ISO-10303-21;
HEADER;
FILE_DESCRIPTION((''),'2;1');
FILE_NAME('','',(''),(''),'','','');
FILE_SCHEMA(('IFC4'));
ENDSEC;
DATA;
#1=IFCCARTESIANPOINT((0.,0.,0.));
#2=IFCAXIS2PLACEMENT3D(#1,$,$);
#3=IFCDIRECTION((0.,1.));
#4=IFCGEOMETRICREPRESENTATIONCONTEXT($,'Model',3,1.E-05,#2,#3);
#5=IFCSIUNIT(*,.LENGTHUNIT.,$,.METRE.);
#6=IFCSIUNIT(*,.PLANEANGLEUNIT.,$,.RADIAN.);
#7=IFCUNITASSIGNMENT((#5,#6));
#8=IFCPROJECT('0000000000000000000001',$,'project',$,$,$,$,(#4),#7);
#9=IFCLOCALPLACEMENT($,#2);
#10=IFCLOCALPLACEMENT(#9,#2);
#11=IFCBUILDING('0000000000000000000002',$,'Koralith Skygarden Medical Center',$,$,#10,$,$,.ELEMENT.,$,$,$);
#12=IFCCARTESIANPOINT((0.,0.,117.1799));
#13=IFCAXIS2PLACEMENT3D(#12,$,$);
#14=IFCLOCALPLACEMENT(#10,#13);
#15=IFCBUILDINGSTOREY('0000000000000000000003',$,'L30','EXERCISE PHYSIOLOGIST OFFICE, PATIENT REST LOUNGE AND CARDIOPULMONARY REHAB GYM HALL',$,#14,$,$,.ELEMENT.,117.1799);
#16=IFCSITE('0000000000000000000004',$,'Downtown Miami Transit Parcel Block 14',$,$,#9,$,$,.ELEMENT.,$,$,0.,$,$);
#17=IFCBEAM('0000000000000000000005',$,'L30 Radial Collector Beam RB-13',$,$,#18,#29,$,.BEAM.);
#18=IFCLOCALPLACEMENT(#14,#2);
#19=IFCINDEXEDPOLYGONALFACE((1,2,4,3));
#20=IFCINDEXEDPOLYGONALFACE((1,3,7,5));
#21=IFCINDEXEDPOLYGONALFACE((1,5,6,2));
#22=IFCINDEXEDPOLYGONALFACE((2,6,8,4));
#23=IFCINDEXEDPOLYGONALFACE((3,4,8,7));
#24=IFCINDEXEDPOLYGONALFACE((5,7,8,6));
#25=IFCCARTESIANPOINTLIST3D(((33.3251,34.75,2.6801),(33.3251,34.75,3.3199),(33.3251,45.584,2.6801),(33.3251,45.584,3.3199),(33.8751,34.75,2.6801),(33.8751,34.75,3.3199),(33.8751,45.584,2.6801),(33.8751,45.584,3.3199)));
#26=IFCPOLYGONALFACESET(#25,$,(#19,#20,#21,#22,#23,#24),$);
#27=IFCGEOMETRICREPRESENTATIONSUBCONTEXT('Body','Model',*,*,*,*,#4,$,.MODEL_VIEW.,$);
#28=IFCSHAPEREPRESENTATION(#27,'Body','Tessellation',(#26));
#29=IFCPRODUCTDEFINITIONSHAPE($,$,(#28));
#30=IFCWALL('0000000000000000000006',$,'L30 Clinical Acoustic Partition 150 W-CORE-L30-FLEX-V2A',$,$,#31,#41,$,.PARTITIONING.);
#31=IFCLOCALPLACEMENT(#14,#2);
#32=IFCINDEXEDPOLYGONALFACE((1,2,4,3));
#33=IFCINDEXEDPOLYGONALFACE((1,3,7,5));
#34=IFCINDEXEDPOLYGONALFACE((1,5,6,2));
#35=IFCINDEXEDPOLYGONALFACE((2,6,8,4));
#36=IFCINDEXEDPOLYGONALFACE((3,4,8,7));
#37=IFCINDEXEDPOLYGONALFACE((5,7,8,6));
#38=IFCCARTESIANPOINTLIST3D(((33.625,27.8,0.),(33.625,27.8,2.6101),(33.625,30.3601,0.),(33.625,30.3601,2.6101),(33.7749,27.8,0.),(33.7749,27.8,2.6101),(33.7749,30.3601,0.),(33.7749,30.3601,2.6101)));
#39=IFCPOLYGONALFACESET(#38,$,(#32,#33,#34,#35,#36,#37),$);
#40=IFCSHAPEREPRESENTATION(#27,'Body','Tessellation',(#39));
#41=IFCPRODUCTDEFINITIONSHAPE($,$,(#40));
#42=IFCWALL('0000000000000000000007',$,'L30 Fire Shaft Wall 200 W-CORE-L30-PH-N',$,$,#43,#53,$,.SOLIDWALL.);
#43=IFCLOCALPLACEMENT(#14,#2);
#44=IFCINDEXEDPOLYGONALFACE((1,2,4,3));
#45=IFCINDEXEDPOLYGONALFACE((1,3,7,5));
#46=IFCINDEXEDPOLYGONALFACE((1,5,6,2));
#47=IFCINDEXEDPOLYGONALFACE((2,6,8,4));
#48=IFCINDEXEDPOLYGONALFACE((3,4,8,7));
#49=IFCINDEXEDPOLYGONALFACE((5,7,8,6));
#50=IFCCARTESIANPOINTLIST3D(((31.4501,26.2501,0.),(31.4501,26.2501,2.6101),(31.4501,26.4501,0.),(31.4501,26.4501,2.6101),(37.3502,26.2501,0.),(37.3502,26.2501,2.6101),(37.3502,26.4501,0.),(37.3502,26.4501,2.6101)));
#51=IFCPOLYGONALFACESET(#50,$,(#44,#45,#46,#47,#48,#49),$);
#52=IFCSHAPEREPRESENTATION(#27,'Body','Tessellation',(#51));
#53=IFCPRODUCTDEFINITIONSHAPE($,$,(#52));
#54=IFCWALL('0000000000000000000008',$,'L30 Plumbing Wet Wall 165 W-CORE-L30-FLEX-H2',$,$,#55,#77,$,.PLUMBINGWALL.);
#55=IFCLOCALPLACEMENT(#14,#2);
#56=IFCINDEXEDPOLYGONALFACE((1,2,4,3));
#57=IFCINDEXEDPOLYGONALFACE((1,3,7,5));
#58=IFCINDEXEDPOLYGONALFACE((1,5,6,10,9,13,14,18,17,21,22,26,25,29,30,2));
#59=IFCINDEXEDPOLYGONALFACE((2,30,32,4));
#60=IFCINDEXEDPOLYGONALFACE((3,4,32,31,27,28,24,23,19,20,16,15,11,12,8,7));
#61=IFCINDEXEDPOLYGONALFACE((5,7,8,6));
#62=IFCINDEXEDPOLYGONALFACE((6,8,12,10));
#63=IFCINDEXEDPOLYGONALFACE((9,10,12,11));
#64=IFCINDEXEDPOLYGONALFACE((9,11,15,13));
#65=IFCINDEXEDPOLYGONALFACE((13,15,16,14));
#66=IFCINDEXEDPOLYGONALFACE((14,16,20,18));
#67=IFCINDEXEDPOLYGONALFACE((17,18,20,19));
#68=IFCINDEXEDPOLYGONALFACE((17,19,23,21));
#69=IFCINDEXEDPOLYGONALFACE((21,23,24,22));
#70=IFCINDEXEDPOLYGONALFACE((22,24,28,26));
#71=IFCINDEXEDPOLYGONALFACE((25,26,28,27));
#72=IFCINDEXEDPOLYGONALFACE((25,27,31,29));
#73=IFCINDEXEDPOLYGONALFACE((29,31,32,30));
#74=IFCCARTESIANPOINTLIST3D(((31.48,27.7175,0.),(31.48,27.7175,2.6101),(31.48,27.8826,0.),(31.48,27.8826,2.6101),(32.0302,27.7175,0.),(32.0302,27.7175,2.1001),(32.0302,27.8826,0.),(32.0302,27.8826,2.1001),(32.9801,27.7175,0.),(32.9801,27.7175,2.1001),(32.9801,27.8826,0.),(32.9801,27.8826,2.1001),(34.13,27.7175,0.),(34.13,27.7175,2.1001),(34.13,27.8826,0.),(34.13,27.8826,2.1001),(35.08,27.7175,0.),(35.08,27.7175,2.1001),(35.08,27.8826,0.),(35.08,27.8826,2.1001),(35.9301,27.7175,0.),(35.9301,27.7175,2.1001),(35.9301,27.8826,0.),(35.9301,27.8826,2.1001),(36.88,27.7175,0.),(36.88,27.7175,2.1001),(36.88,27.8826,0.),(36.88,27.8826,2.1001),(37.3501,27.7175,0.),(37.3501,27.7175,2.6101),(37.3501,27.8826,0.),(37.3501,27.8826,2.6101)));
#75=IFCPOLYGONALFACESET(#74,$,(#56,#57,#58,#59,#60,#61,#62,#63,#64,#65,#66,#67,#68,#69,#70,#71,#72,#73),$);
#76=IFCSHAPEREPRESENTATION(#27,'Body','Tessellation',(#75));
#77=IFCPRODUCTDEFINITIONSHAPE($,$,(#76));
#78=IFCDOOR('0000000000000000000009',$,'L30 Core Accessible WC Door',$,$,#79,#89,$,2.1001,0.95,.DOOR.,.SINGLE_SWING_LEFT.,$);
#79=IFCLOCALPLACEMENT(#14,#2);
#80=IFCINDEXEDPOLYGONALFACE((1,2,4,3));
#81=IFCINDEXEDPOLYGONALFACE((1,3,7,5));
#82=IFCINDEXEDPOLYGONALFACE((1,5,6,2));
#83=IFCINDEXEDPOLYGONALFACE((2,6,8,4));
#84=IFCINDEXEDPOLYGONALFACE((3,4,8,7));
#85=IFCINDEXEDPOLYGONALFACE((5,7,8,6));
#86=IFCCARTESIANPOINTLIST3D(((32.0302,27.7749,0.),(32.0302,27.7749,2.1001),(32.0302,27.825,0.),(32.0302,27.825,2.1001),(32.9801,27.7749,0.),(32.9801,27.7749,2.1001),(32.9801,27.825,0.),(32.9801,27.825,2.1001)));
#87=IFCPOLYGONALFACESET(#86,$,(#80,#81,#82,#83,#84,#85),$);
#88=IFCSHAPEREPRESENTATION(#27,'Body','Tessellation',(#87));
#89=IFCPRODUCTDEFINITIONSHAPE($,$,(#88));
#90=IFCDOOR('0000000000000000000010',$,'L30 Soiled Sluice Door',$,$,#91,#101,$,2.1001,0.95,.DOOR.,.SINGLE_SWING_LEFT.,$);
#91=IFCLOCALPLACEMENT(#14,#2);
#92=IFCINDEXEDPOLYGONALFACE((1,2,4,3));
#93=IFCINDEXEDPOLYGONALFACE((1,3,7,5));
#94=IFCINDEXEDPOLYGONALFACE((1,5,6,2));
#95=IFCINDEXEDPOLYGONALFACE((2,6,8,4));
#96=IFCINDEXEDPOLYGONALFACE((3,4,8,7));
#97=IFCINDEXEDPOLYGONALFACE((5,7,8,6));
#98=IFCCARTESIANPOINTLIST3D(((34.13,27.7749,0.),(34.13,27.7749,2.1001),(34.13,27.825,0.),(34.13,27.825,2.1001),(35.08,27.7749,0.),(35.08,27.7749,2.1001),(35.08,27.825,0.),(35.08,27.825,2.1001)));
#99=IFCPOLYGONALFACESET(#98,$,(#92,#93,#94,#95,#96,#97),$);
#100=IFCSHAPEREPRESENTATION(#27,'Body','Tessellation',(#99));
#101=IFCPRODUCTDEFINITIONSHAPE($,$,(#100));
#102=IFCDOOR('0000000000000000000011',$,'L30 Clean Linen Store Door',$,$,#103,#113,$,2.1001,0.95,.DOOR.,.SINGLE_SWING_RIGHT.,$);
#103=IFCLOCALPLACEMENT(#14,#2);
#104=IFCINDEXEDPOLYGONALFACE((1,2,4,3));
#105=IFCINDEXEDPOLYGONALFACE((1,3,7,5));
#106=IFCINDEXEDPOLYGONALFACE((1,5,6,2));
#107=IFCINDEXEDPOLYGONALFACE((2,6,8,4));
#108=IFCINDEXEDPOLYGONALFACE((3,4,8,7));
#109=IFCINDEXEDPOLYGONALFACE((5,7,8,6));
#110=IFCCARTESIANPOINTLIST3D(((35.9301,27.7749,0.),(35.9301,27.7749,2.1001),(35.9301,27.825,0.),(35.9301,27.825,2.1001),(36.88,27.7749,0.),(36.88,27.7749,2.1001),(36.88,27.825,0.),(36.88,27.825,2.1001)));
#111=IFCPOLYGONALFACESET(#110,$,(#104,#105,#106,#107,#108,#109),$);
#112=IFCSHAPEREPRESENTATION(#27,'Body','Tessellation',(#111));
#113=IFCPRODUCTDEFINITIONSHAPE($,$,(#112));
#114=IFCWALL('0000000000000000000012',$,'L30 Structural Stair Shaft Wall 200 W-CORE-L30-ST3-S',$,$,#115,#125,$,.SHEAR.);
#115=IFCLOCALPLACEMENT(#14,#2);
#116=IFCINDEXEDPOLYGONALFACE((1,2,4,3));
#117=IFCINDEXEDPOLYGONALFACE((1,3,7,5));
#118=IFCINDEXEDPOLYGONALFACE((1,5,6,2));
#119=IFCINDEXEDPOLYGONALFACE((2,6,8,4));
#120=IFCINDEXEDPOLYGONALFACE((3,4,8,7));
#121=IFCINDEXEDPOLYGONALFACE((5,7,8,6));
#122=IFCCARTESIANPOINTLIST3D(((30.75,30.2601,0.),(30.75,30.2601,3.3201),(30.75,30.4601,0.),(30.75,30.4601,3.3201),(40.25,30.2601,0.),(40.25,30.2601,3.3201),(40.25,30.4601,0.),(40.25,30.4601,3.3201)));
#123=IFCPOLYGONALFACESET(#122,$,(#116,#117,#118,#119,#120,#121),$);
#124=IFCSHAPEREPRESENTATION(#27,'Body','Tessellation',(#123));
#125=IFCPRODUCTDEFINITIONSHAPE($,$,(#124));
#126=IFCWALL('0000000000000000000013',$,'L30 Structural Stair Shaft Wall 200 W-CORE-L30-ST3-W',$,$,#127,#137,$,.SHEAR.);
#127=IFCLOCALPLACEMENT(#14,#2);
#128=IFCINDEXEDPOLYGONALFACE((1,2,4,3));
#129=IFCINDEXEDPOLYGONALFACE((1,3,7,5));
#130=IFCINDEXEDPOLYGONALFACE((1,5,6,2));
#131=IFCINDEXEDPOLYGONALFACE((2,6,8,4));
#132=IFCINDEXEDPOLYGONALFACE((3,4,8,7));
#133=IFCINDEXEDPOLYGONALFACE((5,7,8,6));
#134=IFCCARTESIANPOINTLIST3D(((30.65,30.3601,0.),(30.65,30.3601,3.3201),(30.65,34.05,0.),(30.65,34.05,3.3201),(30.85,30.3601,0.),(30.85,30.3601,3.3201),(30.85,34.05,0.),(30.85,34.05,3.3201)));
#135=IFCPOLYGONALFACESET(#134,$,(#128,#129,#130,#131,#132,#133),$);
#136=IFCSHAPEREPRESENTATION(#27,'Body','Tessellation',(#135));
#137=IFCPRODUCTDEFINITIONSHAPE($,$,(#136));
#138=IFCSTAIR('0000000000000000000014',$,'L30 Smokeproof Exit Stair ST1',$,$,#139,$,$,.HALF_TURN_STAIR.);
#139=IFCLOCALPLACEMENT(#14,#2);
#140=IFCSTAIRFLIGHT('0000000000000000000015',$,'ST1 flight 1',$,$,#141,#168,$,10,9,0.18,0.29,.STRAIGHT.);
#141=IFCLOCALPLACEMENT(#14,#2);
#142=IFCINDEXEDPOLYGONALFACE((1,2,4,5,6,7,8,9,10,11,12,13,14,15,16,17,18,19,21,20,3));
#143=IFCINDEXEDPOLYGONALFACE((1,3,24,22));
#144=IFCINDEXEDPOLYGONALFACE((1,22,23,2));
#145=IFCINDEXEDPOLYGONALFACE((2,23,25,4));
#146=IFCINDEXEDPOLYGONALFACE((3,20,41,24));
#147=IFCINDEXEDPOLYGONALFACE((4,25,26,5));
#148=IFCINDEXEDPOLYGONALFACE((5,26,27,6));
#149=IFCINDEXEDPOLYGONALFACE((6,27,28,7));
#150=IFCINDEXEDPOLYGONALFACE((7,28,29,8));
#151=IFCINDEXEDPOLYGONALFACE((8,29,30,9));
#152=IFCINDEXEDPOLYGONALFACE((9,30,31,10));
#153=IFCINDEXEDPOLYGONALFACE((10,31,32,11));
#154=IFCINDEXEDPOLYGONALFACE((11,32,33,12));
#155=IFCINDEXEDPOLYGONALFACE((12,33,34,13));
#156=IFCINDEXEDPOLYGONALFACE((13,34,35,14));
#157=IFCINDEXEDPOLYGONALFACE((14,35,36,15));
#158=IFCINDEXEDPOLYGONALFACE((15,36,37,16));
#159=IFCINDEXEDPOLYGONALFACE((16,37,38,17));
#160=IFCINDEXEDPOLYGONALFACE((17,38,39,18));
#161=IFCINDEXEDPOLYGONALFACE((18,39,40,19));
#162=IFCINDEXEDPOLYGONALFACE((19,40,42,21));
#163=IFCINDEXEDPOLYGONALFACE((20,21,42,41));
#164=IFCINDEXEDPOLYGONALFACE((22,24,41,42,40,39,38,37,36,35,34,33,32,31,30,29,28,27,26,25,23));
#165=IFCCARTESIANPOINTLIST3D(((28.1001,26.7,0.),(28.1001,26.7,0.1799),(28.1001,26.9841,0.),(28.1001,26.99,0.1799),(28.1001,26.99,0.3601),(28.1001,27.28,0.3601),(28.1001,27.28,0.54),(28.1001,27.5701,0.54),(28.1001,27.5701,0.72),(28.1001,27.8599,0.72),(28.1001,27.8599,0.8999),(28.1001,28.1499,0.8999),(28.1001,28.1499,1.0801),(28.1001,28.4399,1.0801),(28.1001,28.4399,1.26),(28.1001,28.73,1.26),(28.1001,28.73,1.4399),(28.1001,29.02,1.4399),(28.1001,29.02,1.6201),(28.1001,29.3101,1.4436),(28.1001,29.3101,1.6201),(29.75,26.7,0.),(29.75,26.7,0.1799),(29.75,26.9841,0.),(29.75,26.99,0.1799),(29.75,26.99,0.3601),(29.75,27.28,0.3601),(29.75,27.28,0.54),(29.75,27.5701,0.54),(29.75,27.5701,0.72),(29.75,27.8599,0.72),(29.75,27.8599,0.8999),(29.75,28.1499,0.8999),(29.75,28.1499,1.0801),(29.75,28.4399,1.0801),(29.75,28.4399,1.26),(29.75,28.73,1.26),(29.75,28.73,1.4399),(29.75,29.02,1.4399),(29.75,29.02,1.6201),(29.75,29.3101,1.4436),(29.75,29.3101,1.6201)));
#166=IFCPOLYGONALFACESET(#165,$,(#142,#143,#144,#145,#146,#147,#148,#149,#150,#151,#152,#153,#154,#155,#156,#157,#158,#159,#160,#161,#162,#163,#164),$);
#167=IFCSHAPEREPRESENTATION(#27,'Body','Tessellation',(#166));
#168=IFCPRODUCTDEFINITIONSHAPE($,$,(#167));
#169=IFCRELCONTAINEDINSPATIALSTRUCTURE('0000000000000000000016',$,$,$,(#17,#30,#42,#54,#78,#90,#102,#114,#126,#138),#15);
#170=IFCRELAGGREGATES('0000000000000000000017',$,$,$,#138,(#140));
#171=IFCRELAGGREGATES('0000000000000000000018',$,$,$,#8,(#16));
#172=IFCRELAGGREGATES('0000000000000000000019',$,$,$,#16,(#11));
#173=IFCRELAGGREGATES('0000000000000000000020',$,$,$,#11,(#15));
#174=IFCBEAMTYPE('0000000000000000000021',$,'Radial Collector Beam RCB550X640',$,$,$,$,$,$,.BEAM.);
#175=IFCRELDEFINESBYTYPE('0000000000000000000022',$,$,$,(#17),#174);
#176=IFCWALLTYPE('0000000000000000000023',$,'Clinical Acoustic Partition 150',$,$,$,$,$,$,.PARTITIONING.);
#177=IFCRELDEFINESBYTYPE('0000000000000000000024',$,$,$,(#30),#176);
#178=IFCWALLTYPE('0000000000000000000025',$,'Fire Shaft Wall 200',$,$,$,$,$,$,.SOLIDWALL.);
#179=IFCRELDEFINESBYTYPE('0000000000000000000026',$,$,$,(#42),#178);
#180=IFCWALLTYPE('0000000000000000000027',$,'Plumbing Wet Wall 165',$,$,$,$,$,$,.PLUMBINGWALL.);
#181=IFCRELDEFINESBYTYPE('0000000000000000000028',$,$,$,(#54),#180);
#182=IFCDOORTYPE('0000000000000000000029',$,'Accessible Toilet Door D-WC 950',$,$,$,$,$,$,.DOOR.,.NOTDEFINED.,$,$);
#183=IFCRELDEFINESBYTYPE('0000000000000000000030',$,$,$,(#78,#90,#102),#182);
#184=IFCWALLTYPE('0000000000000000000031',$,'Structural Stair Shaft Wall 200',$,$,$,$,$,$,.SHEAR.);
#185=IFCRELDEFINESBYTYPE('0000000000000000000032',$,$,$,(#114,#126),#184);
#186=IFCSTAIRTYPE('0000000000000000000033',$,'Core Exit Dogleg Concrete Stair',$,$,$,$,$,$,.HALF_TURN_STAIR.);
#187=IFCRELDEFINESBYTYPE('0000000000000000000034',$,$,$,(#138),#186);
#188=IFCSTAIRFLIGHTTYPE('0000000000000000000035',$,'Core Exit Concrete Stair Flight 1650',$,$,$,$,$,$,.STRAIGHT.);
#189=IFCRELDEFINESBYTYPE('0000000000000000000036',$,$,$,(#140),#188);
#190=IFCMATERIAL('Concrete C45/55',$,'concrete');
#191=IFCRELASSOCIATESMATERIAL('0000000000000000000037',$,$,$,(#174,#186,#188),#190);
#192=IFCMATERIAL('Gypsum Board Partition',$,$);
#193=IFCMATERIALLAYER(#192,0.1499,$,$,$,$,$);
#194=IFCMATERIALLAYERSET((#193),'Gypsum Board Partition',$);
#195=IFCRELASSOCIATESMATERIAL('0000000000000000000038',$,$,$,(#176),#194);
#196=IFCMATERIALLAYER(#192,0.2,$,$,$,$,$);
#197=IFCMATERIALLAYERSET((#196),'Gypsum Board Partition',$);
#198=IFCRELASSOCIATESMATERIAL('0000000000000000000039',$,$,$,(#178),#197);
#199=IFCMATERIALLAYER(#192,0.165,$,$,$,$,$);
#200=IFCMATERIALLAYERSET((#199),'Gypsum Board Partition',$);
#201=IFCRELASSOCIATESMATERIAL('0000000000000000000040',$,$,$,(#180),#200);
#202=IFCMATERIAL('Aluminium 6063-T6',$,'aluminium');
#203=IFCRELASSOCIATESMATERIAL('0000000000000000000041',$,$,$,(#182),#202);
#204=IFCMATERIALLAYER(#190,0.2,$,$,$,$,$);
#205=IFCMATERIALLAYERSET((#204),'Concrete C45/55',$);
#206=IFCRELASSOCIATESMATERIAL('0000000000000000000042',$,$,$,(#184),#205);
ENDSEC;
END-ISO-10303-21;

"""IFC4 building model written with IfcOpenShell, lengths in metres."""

from ifc_helpers import new_model, si_unit, direction, frame, frame_2d, origin, origin_2d, place, context, subcontext, project, spatial, polyline, rectangle, outline, extrude, material, layer, layer_set, material_profile, profile_set, type_object, element, fill, aggregate, save


model = new_model("IFC4")

# Units and contexts
model_context = context("Model", 3, precision=1e-05, world=origin(), true_north=direction((0.0, 1.0)))
body_context = subcontext(model_context, "Body", "Model", "MODEL_VIEW")
ifc_project = project(units=[si_unit("LENGTHUNIT", "METRE"), si_unit("PLANEANGLEUNIT", "RADIAN")], contexts=[model_context])

# Site, building, storey
site_placement = place(None, origin())
site = spatial("IfcSite", under=ifc_project, at=site_placement, Name="Downtown Miami Transit Parcel Block 14", CompositionType="ELEMENT", RefElevation=0.0)
building_placement = place(site_placement, origin())
building = spatial("IfcBuilding", under=site, at=building_placement, Name="Koralith Skygarden Medical Center", CompositionType="ELEMENT")
storey_placement = place(building_placement, frame((0.0, 0.0, 117.1799)))
storey = spatial("IfcBuildingStorey", under=building, at=storey_placement, Name="L30", Description="EXERCISE PHYSIOLOGIST OFFICE, PATIENT REST LOUNGE AND CARDIOPULMONARY REHAB GYM HALL", CompositionType="ELEMENT", Elevation=117.1799)

# Beam
ifc_material_1 = material(Name="Concrete C45/55", Category="concrete")
ifc_material_profile = material_profile(ifc_material_1, rectangle(XDim=0.55, YDim=0.6399, at=origin_2d()), Name="RCB550X640")
ifc_profile_set = profile_set([ifc_material_profile], Name="Concrete C45/55")
beam_type = type_object("IfcBeamType", Name="Radial Collector Beam RCB550X640", PredefinedType="BEAM", material=ifc_profile_set)
beam_placement = place(storey_placement, frame((33.6001, 34.75, 3.0), z_axis=(0.0, 1.0, 0.0), x_axis=(-1.0, 0.0, 0.0)))
element("IfcBeam", 1, at=beam_placement, inside=storey, type_object=beam_type, Name="L30 Radial Collector Beam RB-13", PredefinedType="BEAM", context=body_context, shape_type="SweptSolid", body=[
    extrude(rectangle(XDim=0.55, YDim=0.6399, at=origin_2d()), origin(), (0.0, 0.0, 1.0), 10.834),
])

# Walls
ifc_material_2 = material(Name="Gypsum Board Partition")
ifc_layer_1 = layer(ifc_material_2, 0.1499)
ifc_layer_set_1 = layer_set([ifc_layer_1], Name="Gypsum Board Partition")
wall_type_1 = type_object("IfcWallType", Name="Clinical Acoustic Partition 150", PredefinedType="PARTITIONING", material=ifc_layer_set_1)
wall_1_placement = place(storey_placement, frame((33.7, 27.8, 0.0), z_axis=(0.0, 0.0, 1.0), x_axis=(0.0, 1.0, 0.0)))
element("IfcWall", 2, at=wall_1_placement, inside=storey, type_object=wall_type_1, Name="L30 Clinical Acoustic Partition 150 W-CORE-L30-FLEX-V2A", PredefinedType="PARTITIONING", context=body_context, shape_type="SweptSolid", body=[
    extrude(rectangle(XDim=2.5601, YDim=0.1499, at=frame_2d((1.28, 0.0))), origin(), (0.0, 0.0, 1.0), 2.6101),
])
ifc_layer_2 = layer(ifc_material_2, 0.2)
ifc_layer_set_2 = layer_set([ifc_layer_2], Name="Gypsum Board Partition")
wall_type_2 = type_object("IfcWallType", Name="Fire Shaft Wall 200", PredefinedType="SOLIDWALL", material=ifc_layer_set_2)
wall_2_placement = place(storey_placement, frame((31.45, 26.3501, 0.0), z_axis=(0.0, 0.0, 1.0), x_axis=(1.0, 0.0, 0.0)))
element("IfcWall", 3, at=wall_2_placement, inside=storey, type_object=wall_type_2, Name="L30 Fire Shaft Wall 200 W-CORE-L30-PH-N", PredefinedType="SOLIDWALL", context=body_context, shape_type="SweptSolid", body=[
    extrude(rectangle(XDim=5.9001, YDim=0.2, at=frame_2d((2.9502, 0.0))), origin(), (0.0, 0.0, 1.0), 2.6101),
])

# Shared definitions
ifc_layer_3 = layer(ifc_material_2, 0.165)
ifc_layer_set_3 = layer_set([ifc_layer_3], Name="Gypsum Board Partition")
wall_type_3 = type_object("IfcWallType", Name="Plumbing Wet Wall 165", PredefinedType="PLUMBINGWALL", material=ifc_layer_set_3)
ifc_material_3 = material(Name="Aluminium 6063-T6", Category="aluminium")

# Wall, openings, doors
wall_3_placement = place(storey_placement, frame((31.48, 27.8, 0.0), z_axis=(0.0, 0.0, 1.0), x_axis=(1.0, 0.0, 0.0)))
wall_3 = element("IfcWall", 4, at=wall_3_placement, inside=storey, type_object=wall_type_3, Name="L30 Plumbing Wet Wall 165 W-CORE-L30-FLEX-H2", PredefinedType="PLUMBINGWALL", context=body_context, shape_type="SweptSolid", body=[
    extrude(rectangle(XDim=5.8701, YDim=0.165, at=frame_2d((2.9351, 0.0))), origin(), (0.0, 0.0, 1.0), 2.6101),
])
opening_1_placement = place(wall_3_placement, frame((0.55, 0.0, 0.0)))
opening_1 = element("IfcOpeningElement", 5, at=opening_1_placement, cuts=wall_3, PredefinedType="OPENING", context=body_context, shape_type="SweptSolid", body=[
    extrude(rectangle(XDim=0.95, YDim=2.1001, at=frame_2d((0.4751, 1.05))), frame((0.0, 0.0925, 0.0), z_axis=(0.0, -1.0, 0.0), x_axis=(1.0, 0.0, 0.0)), (0.0, 0.0, 1.0), 0.1851),
])
opening_2_placement = place(wall_3_placement, frame((2.6499, 0.0, 0.0)))
opening_2 = element("IfcOpeningElement", 6, at=opening_2_placement, cuts=wall_3, PredefinedType="OPENING", context=body_context, shape_type="SweptSolid", body=[
    extrude(rectangle(XDim=0.95, YDim=2.1001, at=frame_2d((0.4751, 1.05))), frame((0.0, 0.0925, 0.0), z_axis=(0.0, -1.0, 0.0), x_axis=(1.0, 0.0, 0.0)), (0.0, 0.0, 1.0), 0.1851),
])
opening_3_placement = place(wall_3_placement, frame((4.45, 0.0, 0.0)))
opening_3 = element("IfcOpeningElement", 7, at=opening_3_placement, cuts=wall_3, PredefinedType="OPENING", context=body_context, shape_type="SweptSolid", body=[
    extrude(rectangle(XDim=0.95, YDim=2.1001, at=frame_2d((0.4751, 1.05))), frame((0.0, 0.0925, 0.0), z_axis=(0.0, -1.0, 0.0), x_axis=(1.0, 0.0, 0.0)), (0.0, 0.0, 1.0), 0.1851),
])
door_type_1 = type_object("IfcDoorType", Name="Accessible Toilet Door D-WC 950", OperationType="NOTDEFINED", PredefinedType="DOOR", material=ifc_material_3)
door_1_placement = place(opening_1_placement, origin())
door_1 = element("IfcDoor", 8, at=door_1_placement, inside=storey, type_object=door_type_1, Name="L30 Core Accessible WC Door", OperationType="SINGLE_SWING_LEFT", OverallHeight=2.1001, OverallWidth=0.95, PredefinedType="DOOR", context=body_context, shape_type="SweptSolid", body=[
    extrude(rectangle(XDim=0.95, YDim=2.1001, at=frame_2d((0.4751, 1.05))), frame((0.0, 0.0249, 0.0), z_axis=(0.0, -1.0, 0.0), x_axis=(1.0, 0.0, 0.0)), (0.0, 0.0, 1.0), 0.05),
])
fill(opening_1, door_1)
door_2_placement = place(opening_2_placement, origin())
door_2 = element("IfcDoor", 9, at=door_2_placement, inside=storey, type_object=door_type_1, Name="L30 Soiled Sluice Door", OperationType="SINGLE_SWING_LEFT", OverallHeight=2.1001, OverallWidth=0.95, PredefinedType="DOOR", context=body_context, shape_type="SweptSolid", body=[
    extrude(rectangle(XDim=0.95, YDim=2.1001, at=frame_2d((0.4751, 1.05))), frame((0.0, 0.0249, 0.0), z_axis=(0.0, -1.0, 0.0), x_axis=(1.0, 0.0, 0.0)), (0.0, 0.0, 1.0), 0.05),
])
fill(opening_2, door_2)
door_3_placement = place(opening_3_placement, origin())
door_3 = element("IfcDoor", 10, at=door_3_placement, inside=storey, type_object=door_type_1, Name="L30 Clean Linen Store Door", OperationType="SINGLE_SWING_RIGHT", OverallHeight=2.1001, OverallWidth=0.95, PredefinedType="DOOR", context=body_context, shape_type="SweptSolid", body=[
    extrude(rectangle(XDim=0.95, YDim=2.1001, at=frame_2d((0.4751, 1.05))), frame((0.0, 0.0249, 0.0), z_axis=(0.0, -1.0, 0.0), x_axis=(1.0, 0.0, 0.0)), (0.0, 0.0, 1.0), 0.05),
])
fill(opening_3, door_3)

# Walls
ifc_layer_4 = layer(ifc_material_1, 0.2)
ifc_layer_set_4 = layer_set([ifc_layer_4], Name="Concrete C45/55")
wall_type_4 = type_object("IfcWallType", Name="Structural Stair Shaft Wall 200", PredefinedType="SHEAR", material=ifc_layer_set_4)
wall_4_placement = place(storey_placement, frame((30.75, 30.3601, 0.0), z_axis=(0.0, 0.0, 1.0), x_axis=(1.0, 0.0, 0.0)))
element("IfcWall", 11, at=wall_4_placement, inside=storey, type_object=wall_type_4, Name="L30 Structural Stair Shaft Wall 200 W-CORE-L30-ST3-S", PredefinedType="SHEAR", context=body_context, shape_type="SweptSolid", body=[
    extrude(rectangle(XDim=9.5, YDim=0.2, at=frame_2d((4.75, 0.0))), origin(), (0.0, 0.0, 1.0), 3.3201),
])
wall_5_placement = place(storey_placement, frame((30.75, 30.3601, 0.0), z_axis=(0.0, 0.0, 1.0), x_axis=(0.0, 1.0, 0.0)))
element("IfcWall", 12, at=wall_5_placement, inside=storey, type_object=wall_type_4, Name="L30 Structural Stair Shaft Wall 200 W-CORE-L30-ST3-W", PredefinedType="SHEAR", context=body_context, shape_type="SweptSolid", body=[
    extrude(rectangle(XDim=3.6899, YDim=0.2, at=frame_2d((1.845, 0.0))), origin(), (0.0, 0.0, 1.0), 3.3201),
])

# Stair, stair flight
stair_type = type_object("IfcStairType", Name="Core Exit Dogleg Concrete Stair", PredefinedType="HALF_TURN_STAIR", material=ifc_material_1)
stair_1_placement = place(storey_placement, origin())
stair_1 = element("IfcStair", 13, at=stair_1_placement, inside=storey, type_object=stair_type, Name="L30 Smokeproof Exit Stair ST1", PredefinedType="HALF_TURN_STAIR")
stair_flight_type = type_object("IfcStairFlightType", Name="Core Exit Concrete Stair Flight 1650", PredefinedType="STRAIGHT", material=ifc_material_1)
stair_flight_1_placement = place(storey_placement, frame((28.925, 26.7, 0.0), z_axis=(0.0, 0.0, 1.0), x_axis=(0.0, 1.0, 0.0)))
stair_flight_1 = element("IfcStairFlight", 14, at=stair_flight_1_placement, type_object=stair_flight_type, Name="ST1 flight 1", NumberOfRisers=10, NumberOfTreads=9, PredefinedType="STRAIGHT", RiserHeight=0.18, TreadLength=0.29, context=body_context, shape_type="SweptSolid", body=[
    extrude(outline(polyline([(0.0, 0.0), (0.0, 0.1799), (0.29, 0.1799), (0.29, 0.3601), (0.5801, 0.3601), (0.5801, 0.54), (0.8701, 0.54), (0.8701, 0.72), (1.1599, 0.72), (1.1599, 0.8999), (1.45, 0.8999), (1.45, 1.0801), (1.74, 1.0801), (1.74, 1.26), (2.03, 1.26), (2.03, 1.4399), (2.3201, 1.4399), (2.3201, 1.6201), (2.6101, 1.6201), (2.6101, 1.8), (2.6101, 1.4436), (0.2842, 0.0), (0.0, 0.0)])), frame((0.0, 0.825, 0.0), z_axis=(0.0, -1.0, 0.0), x_axis=(1.0, 0.0, 0.0)), (0.0, 0.0, 1.0), 1.6499),
])
aggregate(stair_1, [stair_flight_1])

save(model, "model.ifc")
